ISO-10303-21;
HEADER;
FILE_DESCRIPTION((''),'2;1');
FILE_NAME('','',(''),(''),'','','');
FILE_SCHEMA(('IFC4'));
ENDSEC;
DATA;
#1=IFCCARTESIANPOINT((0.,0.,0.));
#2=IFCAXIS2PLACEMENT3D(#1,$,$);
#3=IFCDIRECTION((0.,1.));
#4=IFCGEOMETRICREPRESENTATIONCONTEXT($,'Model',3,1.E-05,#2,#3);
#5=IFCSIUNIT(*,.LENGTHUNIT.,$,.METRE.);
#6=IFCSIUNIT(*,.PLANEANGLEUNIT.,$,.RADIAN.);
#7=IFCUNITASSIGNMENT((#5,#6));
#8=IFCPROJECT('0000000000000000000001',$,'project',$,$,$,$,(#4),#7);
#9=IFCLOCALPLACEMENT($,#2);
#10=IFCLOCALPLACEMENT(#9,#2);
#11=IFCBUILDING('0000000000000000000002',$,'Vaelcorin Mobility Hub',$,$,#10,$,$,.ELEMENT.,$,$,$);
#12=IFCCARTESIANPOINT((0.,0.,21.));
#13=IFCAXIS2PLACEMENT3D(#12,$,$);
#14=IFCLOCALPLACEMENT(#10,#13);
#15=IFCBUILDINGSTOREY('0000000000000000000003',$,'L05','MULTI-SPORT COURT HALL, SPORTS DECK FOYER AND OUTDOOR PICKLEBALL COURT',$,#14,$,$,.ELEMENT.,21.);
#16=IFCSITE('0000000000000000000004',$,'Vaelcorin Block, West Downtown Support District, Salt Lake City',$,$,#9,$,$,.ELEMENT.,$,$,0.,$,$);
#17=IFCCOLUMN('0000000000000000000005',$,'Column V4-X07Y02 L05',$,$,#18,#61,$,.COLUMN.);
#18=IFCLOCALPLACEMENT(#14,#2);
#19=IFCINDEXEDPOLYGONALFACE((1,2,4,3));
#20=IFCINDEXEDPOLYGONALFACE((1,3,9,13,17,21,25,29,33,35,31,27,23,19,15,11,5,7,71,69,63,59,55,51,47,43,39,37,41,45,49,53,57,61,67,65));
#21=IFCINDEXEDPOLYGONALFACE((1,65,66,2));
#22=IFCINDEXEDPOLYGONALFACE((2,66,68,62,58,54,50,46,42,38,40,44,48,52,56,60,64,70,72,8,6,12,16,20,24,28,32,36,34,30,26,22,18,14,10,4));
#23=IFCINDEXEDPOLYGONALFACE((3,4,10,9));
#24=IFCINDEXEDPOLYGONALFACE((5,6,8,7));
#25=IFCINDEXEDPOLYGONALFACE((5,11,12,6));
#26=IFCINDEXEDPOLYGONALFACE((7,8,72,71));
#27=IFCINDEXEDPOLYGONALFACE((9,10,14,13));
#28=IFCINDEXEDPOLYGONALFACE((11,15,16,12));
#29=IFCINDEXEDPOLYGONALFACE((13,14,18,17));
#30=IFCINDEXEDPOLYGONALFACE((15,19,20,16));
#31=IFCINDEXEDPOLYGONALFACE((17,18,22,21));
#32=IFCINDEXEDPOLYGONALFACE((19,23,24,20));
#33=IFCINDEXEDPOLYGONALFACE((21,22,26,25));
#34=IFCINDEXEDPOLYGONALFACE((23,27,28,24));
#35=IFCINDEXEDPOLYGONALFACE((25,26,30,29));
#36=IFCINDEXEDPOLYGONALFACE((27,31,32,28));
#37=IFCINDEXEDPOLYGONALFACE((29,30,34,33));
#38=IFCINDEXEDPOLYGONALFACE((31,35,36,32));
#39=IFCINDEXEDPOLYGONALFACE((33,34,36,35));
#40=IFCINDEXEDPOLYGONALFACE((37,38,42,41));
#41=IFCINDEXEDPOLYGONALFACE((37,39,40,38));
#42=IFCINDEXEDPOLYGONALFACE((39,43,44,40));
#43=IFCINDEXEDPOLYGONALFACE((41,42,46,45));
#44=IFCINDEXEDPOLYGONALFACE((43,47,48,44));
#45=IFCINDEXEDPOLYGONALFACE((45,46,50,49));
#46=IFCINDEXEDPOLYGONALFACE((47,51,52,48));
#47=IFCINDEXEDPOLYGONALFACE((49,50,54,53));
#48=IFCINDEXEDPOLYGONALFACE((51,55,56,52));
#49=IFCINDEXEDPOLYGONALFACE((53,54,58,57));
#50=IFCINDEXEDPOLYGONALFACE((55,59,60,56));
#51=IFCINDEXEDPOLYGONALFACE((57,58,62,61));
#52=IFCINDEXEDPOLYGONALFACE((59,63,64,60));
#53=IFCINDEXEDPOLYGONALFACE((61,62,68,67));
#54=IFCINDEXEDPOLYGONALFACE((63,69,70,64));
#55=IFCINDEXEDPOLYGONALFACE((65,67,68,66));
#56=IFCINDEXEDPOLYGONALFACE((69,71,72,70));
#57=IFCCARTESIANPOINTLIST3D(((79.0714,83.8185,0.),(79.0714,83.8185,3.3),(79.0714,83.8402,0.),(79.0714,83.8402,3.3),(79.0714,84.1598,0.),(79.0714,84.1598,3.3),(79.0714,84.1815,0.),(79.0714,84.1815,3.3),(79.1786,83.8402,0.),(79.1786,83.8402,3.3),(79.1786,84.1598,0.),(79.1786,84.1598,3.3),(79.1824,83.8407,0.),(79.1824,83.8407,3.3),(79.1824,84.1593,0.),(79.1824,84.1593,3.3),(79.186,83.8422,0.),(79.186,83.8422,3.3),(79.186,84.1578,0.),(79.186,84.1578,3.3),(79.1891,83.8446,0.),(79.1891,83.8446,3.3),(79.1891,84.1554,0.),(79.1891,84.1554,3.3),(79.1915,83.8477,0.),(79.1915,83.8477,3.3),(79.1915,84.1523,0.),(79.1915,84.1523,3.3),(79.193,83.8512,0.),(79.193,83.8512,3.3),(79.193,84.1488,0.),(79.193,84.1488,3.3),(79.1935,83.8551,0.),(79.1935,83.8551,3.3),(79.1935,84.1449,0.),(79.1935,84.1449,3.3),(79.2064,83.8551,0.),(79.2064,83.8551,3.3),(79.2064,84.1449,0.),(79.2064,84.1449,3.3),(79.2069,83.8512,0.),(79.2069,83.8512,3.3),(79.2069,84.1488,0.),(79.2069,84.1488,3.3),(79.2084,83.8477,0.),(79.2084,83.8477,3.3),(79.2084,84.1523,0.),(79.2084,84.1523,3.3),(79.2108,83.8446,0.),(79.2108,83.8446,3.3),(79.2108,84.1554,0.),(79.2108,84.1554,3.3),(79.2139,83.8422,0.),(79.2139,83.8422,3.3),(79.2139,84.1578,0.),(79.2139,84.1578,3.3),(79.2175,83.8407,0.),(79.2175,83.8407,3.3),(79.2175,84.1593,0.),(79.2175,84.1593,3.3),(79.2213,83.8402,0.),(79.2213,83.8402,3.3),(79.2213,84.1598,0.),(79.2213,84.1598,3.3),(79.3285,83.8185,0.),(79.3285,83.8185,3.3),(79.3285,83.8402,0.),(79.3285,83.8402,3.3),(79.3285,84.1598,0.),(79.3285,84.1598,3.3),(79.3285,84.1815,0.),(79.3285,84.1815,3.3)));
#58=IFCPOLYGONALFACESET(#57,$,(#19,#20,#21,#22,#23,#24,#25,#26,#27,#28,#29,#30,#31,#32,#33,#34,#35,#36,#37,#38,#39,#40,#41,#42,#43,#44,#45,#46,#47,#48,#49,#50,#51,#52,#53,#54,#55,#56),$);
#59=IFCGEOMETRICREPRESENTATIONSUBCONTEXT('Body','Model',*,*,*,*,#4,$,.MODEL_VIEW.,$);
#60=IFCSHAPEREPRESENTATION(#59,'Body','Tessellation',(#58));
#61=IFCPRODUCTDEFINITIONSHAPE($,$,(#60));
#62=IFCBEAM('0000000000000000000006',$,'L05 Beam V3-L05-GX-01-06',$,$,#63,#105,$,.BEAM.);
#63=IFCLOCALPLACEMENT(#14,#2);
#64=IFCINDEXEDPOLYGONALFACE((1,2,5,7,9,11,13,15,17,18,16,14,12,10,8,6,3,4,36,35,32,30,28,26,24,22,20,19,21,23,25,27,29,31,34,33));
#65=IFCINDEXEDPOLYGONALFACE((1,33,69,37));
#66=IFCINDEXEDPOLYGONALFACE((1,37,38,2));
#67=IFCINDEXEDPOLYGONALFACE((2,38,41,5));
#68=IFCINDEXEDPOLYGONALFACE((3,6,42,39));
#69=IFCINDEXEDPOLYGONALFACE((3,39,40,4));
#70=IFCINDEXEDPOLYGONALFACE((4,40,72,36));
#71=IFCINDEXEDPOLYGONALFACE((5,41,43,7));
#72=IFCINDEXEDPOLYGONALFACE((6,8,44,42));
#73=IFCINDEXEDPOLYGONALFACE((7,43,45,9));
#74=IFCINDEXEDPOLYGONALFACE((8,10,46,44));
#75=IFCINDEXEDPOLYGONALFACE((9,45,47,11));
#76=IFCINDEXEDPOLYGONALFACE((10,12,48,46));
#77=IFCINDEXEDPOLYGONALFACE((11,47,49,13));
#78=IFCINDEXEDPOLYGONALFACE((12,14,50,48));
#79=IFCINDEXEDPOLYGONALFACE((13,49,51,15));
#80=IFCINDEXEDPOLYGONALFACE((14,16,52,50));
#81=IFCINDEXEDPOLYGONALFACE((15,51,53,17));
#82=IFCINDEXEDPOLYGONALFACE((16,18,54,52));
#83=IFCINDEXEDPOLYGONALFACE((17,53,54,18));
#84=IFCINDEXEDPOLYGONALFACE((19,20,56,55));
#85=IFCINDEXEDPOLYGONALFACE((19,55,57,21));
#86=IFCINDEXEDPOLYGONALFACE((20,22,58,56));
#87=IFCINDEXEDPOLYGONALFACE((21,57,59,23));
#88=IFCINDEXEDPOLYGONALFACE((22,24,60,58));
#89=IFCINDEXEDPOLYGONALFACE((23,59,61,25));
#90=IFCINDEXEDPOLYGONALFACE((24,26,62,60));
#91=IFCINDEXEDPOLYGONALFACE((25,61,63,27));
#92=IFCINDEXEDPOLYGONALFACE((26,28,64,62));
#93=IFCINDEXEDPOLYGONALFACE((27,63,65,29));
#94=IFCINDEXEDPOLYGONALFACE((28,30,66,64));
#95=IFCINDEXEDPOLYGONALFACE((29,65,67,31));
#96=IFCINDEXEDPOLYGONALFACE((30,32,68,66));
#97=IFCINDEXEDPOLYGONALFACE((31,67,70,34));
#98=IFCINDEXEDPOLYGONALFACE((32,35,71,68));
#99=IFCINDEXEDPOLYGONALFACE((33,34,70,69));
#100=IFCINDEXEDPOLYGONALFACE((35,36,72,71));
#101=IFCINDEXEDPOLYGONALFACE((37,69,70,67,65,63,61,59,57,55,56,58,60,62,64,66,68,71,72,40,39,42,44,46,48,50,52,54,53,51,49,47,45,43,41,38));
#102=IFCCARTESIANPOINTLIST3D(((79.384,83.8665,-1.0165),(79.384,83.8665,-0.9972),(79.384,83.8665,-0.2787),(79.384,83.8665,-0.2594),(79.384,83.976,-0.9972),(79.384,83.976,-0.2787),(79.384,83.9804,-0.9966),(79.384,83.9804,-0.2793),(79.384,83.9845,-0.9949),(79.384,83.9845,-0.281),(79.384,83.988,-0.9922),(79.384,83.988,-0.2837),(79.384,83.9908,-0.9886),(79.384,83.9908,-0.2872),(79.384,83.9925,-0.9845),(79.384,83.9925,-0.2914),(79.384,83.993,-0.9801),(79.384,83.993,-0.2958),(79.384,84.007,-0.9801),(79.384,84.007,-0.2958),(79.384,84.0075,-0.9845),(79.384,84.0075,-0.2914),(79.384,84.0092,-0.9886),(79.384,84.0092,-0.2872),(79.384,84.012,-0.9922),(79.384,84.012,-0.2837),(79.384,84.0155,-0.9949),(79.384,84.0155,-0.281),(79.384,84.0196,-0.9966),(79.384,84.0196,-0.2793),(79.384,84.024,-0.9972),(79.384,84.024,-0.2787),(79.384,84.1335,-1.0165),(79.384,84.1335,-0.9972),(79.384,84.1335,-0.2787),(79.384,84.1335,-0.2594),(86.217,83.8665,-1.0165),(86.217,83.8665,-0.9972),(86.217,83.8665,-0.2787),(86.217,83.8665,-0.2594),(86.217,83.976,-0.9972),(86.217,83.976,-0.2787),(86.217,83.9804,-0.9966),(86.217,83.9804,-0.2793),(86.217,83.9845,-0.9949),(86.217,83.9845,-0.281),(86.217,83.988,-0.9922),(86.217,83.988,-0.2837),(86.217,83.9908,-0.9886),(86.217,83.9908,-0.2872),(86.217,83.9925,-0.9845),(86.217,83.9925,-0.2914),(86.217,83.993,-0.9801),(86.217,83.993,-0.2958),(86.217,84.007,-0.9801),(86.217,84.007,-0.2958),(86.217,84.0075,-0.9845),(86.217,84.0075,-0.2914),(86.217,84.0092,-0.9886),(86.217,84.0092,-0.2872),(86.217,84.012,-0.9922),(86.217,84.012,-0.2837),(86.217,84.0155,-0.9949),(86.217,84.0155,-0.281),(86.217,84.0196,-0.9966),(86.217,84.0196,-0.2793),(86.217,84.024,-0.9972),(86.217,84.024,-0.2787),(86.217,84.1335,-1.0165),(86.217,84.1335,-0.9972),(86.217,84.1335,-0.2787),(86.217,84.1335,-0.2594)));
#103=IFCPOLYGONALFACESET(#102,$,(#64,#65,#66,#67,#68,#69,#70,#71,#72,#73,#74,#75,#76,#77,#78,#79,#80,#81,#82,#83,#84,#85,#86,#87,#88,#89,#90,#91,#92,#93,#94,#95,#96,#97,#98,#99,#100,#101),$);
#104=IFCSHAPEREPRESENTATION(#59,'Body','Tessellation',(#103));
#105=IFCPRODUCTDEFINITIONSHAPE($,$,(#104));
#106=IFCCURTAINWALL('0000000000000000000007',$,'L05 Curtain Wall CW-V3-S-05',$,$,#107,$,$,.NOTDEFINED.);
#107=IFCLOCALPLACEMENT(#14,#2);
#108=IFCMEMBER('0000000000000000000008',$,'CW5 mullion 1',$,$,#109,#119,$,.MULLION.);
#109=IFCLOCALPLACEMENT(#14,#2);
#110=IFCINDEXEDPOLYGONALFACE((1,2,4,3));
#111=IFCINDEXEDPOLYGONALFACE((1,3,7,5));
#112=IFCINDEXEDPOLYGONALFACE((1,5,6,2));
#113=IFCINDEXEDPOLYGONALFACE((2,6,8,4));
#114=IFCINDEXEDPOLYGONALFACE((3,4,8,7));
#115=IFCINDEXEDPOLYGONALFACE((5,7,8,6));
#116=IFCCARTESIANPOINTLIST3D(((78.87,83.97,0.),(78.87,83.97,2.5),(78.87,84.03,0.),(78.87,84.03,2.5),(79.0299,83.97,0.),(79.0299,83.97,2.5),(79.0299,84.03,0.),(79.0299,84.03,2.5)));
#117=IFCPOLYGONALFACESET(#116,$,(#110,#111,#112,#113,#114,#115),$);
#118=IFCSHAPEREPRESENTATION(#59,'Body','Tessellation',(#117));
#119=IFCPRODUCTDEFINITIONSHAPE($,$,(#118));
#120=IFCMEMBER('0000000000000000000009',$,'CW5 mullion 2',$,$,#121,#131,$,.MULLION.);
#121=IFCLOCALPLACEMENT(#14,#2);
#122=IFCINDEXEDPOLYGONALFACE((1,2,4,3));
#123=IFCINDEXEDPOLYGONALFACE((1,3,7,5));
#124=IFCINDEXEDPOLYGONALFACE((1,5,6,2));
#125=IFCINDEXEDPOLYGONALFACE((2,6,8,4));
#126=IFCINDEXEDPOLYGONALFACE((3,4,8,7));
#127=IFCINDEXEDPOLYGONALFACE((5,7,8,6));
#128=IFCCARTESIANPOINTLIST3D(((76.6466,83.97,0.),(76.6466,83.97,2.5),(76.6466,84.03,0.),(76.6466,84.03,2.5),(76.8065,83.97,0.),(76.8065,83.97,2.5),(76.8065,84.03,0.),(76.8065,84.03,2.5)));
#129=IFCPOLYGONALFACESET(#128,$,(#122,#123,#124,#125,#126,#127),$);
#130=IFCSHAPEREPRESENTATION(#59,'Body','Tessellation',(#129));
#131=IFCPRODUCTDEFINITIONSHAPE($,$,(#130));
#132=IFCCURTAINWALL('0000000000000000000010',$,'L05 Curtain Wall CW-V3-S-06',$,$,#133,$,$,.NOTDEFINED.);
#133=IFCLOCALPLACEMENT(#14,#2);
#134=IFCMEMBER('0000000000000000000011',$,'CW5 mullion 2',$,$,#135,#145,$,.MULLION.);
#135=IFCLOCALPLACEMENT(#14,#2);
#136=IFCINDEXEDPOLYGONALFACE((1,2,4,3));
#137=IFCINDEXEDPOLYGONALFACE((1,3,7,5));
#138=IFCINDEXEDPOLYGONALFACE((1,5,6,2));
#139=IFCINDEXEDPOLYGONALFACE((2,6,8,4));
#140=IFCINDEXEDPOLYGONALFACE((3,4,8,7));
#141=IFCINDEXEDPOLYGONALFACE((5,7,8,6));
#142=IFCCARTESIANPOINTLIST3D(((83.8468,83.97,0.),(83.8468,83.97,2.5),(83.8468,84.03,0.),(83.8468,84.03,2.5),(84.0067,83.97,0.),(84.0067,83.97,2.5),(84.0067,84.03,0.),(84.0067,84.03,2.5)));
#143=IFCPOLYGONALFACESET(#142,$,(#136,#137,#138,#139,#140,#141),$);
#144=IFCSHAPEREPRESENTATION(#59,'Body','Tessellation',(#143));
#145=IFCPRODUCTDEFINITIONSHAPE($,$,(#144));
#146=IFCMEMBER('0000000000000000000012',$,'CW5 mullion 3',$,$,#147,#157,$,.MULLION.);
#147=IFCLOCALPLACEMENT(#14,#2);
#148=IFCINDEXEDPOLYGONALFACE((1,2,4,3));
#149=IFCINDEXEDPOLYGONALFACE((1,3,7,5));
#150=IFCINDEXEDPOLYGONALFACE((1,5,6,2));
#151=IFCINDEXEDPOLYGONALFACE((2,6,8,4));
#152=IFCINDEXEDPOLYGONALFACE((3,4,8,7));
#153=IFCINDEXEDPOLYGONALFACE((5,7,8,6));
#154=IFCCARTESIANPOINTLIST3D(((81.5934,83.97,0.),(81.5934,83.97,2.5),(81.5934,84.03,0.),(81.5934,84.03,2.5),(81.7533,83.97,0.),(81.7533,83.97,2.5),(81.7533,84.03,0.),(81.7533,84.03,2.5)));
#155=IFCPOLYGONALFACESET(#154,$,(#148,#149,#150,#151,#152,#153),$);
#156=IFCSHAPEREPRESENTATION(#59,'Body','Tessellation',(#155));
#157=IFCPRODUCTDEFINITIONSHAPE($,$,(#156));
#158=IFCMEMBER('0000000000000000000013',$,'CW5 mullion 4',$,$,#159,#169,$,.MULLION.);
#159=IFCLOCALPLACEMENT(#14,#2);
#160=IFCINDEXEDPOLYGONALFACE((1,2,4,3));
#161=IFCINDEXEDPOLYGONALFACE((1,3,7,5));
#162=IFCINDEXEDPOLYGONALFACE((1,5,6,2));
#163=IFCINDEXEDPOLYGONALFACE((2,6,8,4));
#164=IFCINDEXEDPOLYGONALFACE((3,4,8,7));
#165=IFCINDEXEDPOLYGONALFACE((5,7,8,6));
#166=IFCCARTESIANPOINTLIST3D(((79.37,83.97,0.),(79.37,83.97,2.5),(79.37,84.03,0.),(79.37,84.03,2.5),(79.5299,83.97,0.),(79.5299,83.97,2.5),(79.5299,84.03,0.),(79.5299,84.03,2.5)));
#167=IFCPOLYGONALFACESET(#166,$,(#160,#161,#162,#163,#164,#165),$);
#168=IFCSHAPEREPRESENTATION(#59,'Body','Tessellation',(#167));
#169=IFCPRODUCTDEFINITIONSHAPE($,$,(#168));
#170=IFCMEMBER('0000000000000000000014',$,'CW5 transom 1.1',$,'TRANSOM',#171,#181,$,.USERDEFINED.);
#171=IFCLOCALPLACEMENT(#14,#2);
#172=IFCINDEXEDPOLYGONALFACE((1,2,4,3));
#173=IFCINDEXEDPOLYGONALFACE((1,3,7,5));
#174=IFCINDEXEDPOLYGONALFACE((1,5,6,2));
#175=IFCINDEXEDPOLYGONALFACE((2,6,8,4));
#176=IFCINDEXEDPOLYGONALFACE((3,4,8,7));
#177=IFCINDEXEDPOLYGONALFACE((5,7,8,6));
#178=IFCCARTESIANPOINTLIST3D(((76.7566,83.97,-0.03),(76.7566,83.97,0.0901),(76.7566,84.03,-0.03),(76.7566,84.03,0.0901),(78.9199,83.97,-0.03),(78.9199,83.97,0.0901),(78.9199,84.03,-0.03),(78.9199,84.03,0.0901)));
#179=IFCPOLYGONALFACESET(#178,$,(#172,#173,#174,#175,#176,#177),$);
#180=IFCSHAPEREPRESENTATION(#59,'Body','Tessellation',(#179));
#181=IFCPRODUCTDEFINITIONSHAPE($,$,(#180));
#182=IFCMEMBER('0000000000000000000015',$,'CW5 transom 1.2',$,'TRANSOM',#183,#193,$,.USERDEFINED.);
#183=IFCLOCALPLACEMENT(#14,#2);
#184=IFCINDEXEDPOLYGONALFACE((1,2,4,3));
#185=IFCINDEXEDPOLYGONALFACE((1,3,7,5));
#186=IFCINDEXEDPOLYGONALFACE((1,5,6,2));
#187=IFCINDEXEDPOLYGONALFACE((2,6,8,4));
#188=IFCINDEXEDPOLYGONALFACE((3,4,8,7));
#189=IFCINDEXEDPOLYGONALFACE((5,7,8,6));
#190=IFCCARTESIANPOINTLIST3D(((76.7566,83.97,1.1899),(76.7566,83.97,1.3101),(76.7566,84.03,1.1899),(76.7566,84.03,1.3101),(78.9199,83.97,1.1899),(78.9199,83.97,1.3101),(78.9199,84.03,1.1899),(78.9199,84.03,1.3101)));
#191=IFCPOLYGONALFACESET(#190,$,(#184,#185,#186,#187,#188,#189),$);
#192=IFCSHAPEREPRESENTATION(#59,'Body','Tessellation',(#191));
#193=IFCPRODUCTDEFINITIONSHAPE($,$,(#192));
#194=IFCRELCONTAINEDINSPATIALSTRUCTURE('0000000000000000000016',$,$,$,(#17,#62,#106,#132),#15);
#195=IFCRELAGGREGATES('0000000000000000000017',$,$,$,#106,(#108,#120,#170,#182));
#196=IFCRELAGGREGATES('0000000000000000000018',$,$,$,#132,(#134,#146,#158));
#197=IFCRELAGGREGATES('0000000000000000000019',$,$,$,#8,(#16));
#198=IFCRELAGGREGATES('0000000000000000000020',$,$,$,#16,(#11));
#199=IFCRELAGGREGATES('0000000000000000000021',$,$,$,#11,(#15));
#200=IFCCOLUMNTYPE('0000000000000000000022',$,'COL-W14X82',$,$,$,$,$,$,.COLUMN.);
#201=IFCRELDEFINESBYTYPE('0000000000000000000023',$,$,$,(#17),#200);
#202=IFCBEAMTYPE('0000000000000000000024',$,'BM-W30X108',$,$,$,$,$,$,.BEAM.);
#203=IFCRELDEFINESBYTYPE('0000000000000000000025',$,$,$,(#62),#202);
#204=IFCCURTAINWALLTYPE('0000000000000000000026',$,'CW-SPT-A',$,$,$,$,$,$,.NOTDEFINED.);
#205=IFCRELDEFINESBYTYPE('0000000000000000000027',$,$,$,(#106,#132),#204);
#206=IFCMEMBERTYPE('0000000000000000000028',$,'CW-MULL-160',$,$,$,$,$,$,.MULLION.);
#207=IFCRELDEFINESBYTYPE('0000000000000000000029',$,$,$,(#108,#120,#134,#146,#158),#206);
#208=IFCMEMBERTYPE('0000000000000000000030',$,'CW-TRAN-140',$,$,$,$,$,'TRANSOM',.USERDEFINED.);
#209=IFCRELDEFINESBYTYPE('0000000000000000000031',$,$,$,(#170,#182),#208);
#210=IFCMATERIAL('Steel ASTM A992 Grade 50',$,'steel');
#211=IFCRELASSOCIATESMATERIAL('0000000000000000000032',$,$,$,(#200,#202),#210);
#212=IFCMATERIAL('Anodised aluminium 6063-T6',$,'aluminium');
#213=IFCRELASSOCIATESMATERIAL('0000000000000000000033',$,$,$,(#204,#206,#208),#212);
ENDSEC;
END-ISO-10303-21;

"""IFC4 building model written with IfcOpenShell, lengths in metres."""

from ifc_helpers import new_model, si_unit, direction, frame, origin, origin_2d, place, context, subcontext, project, spatial, rectangle, i_section, extrude, material, material_profile, profile_set, type_object, element, aggregate, save


model = new_model("IFC4")

# Units and contexts
model_context = context("Model", 3, precision=1e-05, world=origin(), true_north=direction((0.0, 1.0)))
body_context = subcontext(model_context, "Body", "Model", "MODEL_VIEW")
ifc_project = project(units=[si_unit("LENGTHUNIT", "METRE"), si_unit("PLANEANGLEUNIT", "RADIAN")], contexts=[model_context])

# Site, building, storey
site_placement = place(None, origin())
site = spatial("IfcSite", under=ifc_project, at=site_placement, Name="Vaelcorin Block, West Downtown Support District, Salt Lake City", CompositionType="ELEMENT", RefElevation=0.0)
building_placement = place(site_placement, origin())
building = spatial("IfcBuilding", under=site, at=building_placement, Name="Vaelcorin Mobility Hub", CompositionType="ELEMENT")
storey_placement = place(building_placement, frame((0.0, 0.0, 21.0)))
storey = spatial("IfcBuildingStorey", under=building, at=storey_placement, Name="L05", Description="MULTI-SPORT COURT HALL, SPORTS DECK FOYER AND OUTDOOR PICKLEBALL COURT", CompositionType="ELEMENT", Elevation=21.0)

# Column
ifc_material_1 = material(Name="Steel ASTM A992 Grade 50", Category="steel")
ifc_material_profile_1 = material_profile(ifc_material_1, i_section(OverallWidth=0.2571, OverallDepth=0.363, WebThickness=0.0129, FlangeThickness=0.0217, FilletRadius=0.0149, at=origin_2d()), Name="W14X82")
ifc_profile_set_1 = profile_set([ifc_material_profile_1], Name="Steel ASTM A992 Grade 50")
column_type = type_object("IfcColumnType", Name="COL-W14X82", PredefinedType="COLUMN", material=ifc_profile_set_1)
column_placement = place(storey_placement, frame((79.2, 84.0, 0.0), z_axis=(0.0, 0.0, 1.0), x_axis=(1.0, 0.0, 0.0)))
element("IfcColumn", 1, at=column_placement, inside=storey, type_object=column_type, Name="Column V4-X07Y02 L05", PredefinedType="COLUMN", context=body_context, shape_type="SweptSolid", body=[
    extrude(i_section(OverallWidth=0.2571, OverallDepth=0.363, WebThickness=0.0129, FlangeThickness=0.0217, FilletRadius=0.0149, at=origin_2d()), origin(), (0.0, 0.0, 1.0), 3.3),
])

# Beam
ifc_material_profile_2 = material_profile(ifc_material_1, i_section(OverallWidth=0.2671, OverallDepth=0.7571, WebThickness=0.0139, FlangeThickness=0.0193, FilletRadius=0.0171, at=origin_2d()), Name="W30X108")
ifc_profile_set_2 = profile_set([ifc_material_profile_2], Name="Steel ASTM A992 Grade 50")
beam_type = type_object("IfcBeamType", Name="BM-W30X108", PredefinedType="BEAM", material=ifc_profile_set_2)
beam_placement = place(storey_placement, frame((79.384, 84.0, -0.6379), z_axis=(1.0, 0.0, 0.0), x_axis=(0.0, 1.0, 0.0)))
element("IfcBeam", 2, at=beam_placement, inside=storey, type_object=beam_type, Name="L05 Beam V3-L05-GX-01-06", PredefinedType="BEAM", context=body_context, shape_type="SweptSolid", body=[
    extrude(i_section(OverallWidth=0.2671, OverallDepth=0.7571, WebThickness=0.0139, FlangeThickness=0.0193, FilletRadius=0.0171, at=origin_2d()), origin(), (0.0, 0.0, 1.0), 6.833),
])

# Curtain walls, members
ifc_material_2 = material(Name="Anodised aluminium 6063-T6", Category="aluminium")
curtain_wall_type = type_object("IfcCurtainWallType", Name="CW-SPT-A", PredefinedType="NOTDEFINED", material=ifc_material_2)
curtain_wall_1_placement = place(storey_placement, origin())
curtain_wall_1 = element("IfcCurtainWall", 3, at=curtain_wall_1_placement, inside=storey, type_object=curtain_wall_type, Name="L05 Curtain Wall CW-V3-S-05", PredefinedType="NOTDEFINED")
ifc_material_profile_3 = material_profile(ifc_material_2, rectangle(XDim=0.0601, YDim=0.1599, at=origin_2d()), Name="ALU-M60X160")
ifc_profile_set_3 = profile_set([ifc_material_profile_3], Name="Anodised aluminium 6063-T6")
member_type_1 = type_object("IfcMemberType", Name="CW-MULL-160", PredefinedType="MULLION", material=ifc_profile_set_3)
member_1_placement = place(storey_placement, frame((78.95, 84.0, 0.0), z_axis=(0.0, 0.0, 1.0), x_axis=(0.0, -1.0, 0.0)))
member_1 = element("IfcMember", 4, at=member_1_placement, type_object=member_type_1, Name="CW5 mullion 1", PredefinedType="MULLION", context=body_context, shape_type="SweptSolid", body=[
    extrude(rectangle(XDim=0.0601, YDim=0.1599, at=origin_2d()), origin(), (0.0, 0.0, 1.0), 2.5),
])
member_2_placement = place(storey_placement, frame((76.7266, 84.0, 0.0), z_axis=(0.0, 0.0, 1.0), x_axis=(0.0, -1.0, 0.0)))
member_2 = element("IfcMember", 5, at=member_2_placement, type_object=member_type_1, Name="CW5 mullion 2", PredefinedType="MULLION", context=body_context, shape_type="SweptSolid", body=[
    extrude(rectangle(XDim=0.0601, YDim=0.1599, at=origin_2d()), origin(), (0.0, 0.0, 1.0), 2.5),
])
curtain_wall_2_placement = place(storey_placement, origin())
curtain_wall_2 = element("IfcCurtainWall", 6, at=curtain_wall_2_placement, inside=storey, type_object=curtain_wall_type, Name="L05 Curtain Wall CW-V3-S-06", PredefinedType="NOTDEFINED")
member_3_placement = place(storey_placement, frame((83.9268, 84.0, 0.0), z_axis=(0.0, 0.0, 1.0), x_axis=(0.0, -1.0, 0.0)))
member_3 = element("IfcMember", 7, at=member_3_placement, type_object=member_type_1, Name="CW5 mullion 2", PredefinedType="MULLION", context=body_context, shape_type="SweptSolid", body=[
    extrude(rectangle(XDim=0.0601, YDim=0.1599, at=origin_2d()), origin(), (0.0, 0.0, 1.0), 2.5),
])
member_4_placement = place(storey_placement, frame((81.6733, 84.0, 0.0), z_axis=(0.0, 0.0, 1.0), x_axis=(0.0, -1.0, 0.0)))
member_4 = element("IfcMember", 8, at=member_4_placement, type_object=member_type_1, Name="CW5 mullion 3", PredefinedType="MULLION", context=body_context, shape_type="SweptSolid", body=[
    extrude(rectangle(XDim=0.0601, YDim=0.1599, at=origin_2d()), origin(), (0.0, 0.0, 1.0), 2.5),
])
member_5_placement = place(storey_placement, frame((79.45, 84.0, 0.0), z_axis=(0.0, 0.0, 1.0), x_axis=(0.0, -1.0, 0.0)))
member_5 = element("IfcMember", 9, at=member_5_placement, type_object=member_type_1, Name="CW5 mullion 4", PredefinedType="MULLION", context=body_context, shape_type="SweptSolid", body=[
    extrude(rectangle(XDim=0.0601, YDim=0.1599, at=origin_2d()), origin(), (0.0, 0.0, 1.0), 2.5),
])

# Members
ifc_material_profile_4 = material_profile(ifc_material_2, rectangle(XDim=0.0601, YDim=0.1201, at=origin_2d()), Name="ALU-T60X120")
ifc_profile_set_4 = profile_set([ifc_material_profile_4], Name="Anodised aluminium 6063-T6")
member_type_2 = type_object("IfcMemberType", Name="CW-TRAN-140", ElementType="TRANSOM", PredefinedType="USERDEFINED", material=ifc_profile_set_4)
member_6_placement = place(storey_placement, frame((78.9199, 84.0, 0.03), z_axis=(-1.0, 0.0, 0.0), x_axis=(0.0, -1.0, 0.0)))
member_6 = element("IfcMember", 10, at=member_6_placement, type_object=member_type_2, Name="CW5 transom 1.1", ObjectType="TRANSOM", PredefinedType="USERDEFINED", context=body_context, shape_type="SweptSolid", body=[
    extrude(rectangle(XDim=0.0601, YDim=0.1201, at=origin_2d()), origin(), (0.0, 0.0, 1.0), 2.1633),
])
member_7_placement = place(storey_placement, frame((78.9199, 84.0, 1.25), z_axis=(-1.0, 0.0, 0.0), x_axis=(0.0, -1.0, 0.0)))
member_7 = element("IfcMember", 11, at=member_7_placement, type_object=member_type_2, Name="CW5 transom 1.2", ObjectType="TRANSOM", PredefinedType="USERDEFINED", context=body_context, shape_type="SweptSolid", body=[
    extrude(rectangle(XDim=0.0601, YDim=0.1201, at=origin_2d()), origin(), (0.0, 0.0, 1.0), 2.1633),
])

aggregate(curtain_wall_1, [member_1, member_2, member_6, member_7])
aggregate(curtain_wall_2, [member_3, member_4, member_5])

save(model, "model.ifc")
